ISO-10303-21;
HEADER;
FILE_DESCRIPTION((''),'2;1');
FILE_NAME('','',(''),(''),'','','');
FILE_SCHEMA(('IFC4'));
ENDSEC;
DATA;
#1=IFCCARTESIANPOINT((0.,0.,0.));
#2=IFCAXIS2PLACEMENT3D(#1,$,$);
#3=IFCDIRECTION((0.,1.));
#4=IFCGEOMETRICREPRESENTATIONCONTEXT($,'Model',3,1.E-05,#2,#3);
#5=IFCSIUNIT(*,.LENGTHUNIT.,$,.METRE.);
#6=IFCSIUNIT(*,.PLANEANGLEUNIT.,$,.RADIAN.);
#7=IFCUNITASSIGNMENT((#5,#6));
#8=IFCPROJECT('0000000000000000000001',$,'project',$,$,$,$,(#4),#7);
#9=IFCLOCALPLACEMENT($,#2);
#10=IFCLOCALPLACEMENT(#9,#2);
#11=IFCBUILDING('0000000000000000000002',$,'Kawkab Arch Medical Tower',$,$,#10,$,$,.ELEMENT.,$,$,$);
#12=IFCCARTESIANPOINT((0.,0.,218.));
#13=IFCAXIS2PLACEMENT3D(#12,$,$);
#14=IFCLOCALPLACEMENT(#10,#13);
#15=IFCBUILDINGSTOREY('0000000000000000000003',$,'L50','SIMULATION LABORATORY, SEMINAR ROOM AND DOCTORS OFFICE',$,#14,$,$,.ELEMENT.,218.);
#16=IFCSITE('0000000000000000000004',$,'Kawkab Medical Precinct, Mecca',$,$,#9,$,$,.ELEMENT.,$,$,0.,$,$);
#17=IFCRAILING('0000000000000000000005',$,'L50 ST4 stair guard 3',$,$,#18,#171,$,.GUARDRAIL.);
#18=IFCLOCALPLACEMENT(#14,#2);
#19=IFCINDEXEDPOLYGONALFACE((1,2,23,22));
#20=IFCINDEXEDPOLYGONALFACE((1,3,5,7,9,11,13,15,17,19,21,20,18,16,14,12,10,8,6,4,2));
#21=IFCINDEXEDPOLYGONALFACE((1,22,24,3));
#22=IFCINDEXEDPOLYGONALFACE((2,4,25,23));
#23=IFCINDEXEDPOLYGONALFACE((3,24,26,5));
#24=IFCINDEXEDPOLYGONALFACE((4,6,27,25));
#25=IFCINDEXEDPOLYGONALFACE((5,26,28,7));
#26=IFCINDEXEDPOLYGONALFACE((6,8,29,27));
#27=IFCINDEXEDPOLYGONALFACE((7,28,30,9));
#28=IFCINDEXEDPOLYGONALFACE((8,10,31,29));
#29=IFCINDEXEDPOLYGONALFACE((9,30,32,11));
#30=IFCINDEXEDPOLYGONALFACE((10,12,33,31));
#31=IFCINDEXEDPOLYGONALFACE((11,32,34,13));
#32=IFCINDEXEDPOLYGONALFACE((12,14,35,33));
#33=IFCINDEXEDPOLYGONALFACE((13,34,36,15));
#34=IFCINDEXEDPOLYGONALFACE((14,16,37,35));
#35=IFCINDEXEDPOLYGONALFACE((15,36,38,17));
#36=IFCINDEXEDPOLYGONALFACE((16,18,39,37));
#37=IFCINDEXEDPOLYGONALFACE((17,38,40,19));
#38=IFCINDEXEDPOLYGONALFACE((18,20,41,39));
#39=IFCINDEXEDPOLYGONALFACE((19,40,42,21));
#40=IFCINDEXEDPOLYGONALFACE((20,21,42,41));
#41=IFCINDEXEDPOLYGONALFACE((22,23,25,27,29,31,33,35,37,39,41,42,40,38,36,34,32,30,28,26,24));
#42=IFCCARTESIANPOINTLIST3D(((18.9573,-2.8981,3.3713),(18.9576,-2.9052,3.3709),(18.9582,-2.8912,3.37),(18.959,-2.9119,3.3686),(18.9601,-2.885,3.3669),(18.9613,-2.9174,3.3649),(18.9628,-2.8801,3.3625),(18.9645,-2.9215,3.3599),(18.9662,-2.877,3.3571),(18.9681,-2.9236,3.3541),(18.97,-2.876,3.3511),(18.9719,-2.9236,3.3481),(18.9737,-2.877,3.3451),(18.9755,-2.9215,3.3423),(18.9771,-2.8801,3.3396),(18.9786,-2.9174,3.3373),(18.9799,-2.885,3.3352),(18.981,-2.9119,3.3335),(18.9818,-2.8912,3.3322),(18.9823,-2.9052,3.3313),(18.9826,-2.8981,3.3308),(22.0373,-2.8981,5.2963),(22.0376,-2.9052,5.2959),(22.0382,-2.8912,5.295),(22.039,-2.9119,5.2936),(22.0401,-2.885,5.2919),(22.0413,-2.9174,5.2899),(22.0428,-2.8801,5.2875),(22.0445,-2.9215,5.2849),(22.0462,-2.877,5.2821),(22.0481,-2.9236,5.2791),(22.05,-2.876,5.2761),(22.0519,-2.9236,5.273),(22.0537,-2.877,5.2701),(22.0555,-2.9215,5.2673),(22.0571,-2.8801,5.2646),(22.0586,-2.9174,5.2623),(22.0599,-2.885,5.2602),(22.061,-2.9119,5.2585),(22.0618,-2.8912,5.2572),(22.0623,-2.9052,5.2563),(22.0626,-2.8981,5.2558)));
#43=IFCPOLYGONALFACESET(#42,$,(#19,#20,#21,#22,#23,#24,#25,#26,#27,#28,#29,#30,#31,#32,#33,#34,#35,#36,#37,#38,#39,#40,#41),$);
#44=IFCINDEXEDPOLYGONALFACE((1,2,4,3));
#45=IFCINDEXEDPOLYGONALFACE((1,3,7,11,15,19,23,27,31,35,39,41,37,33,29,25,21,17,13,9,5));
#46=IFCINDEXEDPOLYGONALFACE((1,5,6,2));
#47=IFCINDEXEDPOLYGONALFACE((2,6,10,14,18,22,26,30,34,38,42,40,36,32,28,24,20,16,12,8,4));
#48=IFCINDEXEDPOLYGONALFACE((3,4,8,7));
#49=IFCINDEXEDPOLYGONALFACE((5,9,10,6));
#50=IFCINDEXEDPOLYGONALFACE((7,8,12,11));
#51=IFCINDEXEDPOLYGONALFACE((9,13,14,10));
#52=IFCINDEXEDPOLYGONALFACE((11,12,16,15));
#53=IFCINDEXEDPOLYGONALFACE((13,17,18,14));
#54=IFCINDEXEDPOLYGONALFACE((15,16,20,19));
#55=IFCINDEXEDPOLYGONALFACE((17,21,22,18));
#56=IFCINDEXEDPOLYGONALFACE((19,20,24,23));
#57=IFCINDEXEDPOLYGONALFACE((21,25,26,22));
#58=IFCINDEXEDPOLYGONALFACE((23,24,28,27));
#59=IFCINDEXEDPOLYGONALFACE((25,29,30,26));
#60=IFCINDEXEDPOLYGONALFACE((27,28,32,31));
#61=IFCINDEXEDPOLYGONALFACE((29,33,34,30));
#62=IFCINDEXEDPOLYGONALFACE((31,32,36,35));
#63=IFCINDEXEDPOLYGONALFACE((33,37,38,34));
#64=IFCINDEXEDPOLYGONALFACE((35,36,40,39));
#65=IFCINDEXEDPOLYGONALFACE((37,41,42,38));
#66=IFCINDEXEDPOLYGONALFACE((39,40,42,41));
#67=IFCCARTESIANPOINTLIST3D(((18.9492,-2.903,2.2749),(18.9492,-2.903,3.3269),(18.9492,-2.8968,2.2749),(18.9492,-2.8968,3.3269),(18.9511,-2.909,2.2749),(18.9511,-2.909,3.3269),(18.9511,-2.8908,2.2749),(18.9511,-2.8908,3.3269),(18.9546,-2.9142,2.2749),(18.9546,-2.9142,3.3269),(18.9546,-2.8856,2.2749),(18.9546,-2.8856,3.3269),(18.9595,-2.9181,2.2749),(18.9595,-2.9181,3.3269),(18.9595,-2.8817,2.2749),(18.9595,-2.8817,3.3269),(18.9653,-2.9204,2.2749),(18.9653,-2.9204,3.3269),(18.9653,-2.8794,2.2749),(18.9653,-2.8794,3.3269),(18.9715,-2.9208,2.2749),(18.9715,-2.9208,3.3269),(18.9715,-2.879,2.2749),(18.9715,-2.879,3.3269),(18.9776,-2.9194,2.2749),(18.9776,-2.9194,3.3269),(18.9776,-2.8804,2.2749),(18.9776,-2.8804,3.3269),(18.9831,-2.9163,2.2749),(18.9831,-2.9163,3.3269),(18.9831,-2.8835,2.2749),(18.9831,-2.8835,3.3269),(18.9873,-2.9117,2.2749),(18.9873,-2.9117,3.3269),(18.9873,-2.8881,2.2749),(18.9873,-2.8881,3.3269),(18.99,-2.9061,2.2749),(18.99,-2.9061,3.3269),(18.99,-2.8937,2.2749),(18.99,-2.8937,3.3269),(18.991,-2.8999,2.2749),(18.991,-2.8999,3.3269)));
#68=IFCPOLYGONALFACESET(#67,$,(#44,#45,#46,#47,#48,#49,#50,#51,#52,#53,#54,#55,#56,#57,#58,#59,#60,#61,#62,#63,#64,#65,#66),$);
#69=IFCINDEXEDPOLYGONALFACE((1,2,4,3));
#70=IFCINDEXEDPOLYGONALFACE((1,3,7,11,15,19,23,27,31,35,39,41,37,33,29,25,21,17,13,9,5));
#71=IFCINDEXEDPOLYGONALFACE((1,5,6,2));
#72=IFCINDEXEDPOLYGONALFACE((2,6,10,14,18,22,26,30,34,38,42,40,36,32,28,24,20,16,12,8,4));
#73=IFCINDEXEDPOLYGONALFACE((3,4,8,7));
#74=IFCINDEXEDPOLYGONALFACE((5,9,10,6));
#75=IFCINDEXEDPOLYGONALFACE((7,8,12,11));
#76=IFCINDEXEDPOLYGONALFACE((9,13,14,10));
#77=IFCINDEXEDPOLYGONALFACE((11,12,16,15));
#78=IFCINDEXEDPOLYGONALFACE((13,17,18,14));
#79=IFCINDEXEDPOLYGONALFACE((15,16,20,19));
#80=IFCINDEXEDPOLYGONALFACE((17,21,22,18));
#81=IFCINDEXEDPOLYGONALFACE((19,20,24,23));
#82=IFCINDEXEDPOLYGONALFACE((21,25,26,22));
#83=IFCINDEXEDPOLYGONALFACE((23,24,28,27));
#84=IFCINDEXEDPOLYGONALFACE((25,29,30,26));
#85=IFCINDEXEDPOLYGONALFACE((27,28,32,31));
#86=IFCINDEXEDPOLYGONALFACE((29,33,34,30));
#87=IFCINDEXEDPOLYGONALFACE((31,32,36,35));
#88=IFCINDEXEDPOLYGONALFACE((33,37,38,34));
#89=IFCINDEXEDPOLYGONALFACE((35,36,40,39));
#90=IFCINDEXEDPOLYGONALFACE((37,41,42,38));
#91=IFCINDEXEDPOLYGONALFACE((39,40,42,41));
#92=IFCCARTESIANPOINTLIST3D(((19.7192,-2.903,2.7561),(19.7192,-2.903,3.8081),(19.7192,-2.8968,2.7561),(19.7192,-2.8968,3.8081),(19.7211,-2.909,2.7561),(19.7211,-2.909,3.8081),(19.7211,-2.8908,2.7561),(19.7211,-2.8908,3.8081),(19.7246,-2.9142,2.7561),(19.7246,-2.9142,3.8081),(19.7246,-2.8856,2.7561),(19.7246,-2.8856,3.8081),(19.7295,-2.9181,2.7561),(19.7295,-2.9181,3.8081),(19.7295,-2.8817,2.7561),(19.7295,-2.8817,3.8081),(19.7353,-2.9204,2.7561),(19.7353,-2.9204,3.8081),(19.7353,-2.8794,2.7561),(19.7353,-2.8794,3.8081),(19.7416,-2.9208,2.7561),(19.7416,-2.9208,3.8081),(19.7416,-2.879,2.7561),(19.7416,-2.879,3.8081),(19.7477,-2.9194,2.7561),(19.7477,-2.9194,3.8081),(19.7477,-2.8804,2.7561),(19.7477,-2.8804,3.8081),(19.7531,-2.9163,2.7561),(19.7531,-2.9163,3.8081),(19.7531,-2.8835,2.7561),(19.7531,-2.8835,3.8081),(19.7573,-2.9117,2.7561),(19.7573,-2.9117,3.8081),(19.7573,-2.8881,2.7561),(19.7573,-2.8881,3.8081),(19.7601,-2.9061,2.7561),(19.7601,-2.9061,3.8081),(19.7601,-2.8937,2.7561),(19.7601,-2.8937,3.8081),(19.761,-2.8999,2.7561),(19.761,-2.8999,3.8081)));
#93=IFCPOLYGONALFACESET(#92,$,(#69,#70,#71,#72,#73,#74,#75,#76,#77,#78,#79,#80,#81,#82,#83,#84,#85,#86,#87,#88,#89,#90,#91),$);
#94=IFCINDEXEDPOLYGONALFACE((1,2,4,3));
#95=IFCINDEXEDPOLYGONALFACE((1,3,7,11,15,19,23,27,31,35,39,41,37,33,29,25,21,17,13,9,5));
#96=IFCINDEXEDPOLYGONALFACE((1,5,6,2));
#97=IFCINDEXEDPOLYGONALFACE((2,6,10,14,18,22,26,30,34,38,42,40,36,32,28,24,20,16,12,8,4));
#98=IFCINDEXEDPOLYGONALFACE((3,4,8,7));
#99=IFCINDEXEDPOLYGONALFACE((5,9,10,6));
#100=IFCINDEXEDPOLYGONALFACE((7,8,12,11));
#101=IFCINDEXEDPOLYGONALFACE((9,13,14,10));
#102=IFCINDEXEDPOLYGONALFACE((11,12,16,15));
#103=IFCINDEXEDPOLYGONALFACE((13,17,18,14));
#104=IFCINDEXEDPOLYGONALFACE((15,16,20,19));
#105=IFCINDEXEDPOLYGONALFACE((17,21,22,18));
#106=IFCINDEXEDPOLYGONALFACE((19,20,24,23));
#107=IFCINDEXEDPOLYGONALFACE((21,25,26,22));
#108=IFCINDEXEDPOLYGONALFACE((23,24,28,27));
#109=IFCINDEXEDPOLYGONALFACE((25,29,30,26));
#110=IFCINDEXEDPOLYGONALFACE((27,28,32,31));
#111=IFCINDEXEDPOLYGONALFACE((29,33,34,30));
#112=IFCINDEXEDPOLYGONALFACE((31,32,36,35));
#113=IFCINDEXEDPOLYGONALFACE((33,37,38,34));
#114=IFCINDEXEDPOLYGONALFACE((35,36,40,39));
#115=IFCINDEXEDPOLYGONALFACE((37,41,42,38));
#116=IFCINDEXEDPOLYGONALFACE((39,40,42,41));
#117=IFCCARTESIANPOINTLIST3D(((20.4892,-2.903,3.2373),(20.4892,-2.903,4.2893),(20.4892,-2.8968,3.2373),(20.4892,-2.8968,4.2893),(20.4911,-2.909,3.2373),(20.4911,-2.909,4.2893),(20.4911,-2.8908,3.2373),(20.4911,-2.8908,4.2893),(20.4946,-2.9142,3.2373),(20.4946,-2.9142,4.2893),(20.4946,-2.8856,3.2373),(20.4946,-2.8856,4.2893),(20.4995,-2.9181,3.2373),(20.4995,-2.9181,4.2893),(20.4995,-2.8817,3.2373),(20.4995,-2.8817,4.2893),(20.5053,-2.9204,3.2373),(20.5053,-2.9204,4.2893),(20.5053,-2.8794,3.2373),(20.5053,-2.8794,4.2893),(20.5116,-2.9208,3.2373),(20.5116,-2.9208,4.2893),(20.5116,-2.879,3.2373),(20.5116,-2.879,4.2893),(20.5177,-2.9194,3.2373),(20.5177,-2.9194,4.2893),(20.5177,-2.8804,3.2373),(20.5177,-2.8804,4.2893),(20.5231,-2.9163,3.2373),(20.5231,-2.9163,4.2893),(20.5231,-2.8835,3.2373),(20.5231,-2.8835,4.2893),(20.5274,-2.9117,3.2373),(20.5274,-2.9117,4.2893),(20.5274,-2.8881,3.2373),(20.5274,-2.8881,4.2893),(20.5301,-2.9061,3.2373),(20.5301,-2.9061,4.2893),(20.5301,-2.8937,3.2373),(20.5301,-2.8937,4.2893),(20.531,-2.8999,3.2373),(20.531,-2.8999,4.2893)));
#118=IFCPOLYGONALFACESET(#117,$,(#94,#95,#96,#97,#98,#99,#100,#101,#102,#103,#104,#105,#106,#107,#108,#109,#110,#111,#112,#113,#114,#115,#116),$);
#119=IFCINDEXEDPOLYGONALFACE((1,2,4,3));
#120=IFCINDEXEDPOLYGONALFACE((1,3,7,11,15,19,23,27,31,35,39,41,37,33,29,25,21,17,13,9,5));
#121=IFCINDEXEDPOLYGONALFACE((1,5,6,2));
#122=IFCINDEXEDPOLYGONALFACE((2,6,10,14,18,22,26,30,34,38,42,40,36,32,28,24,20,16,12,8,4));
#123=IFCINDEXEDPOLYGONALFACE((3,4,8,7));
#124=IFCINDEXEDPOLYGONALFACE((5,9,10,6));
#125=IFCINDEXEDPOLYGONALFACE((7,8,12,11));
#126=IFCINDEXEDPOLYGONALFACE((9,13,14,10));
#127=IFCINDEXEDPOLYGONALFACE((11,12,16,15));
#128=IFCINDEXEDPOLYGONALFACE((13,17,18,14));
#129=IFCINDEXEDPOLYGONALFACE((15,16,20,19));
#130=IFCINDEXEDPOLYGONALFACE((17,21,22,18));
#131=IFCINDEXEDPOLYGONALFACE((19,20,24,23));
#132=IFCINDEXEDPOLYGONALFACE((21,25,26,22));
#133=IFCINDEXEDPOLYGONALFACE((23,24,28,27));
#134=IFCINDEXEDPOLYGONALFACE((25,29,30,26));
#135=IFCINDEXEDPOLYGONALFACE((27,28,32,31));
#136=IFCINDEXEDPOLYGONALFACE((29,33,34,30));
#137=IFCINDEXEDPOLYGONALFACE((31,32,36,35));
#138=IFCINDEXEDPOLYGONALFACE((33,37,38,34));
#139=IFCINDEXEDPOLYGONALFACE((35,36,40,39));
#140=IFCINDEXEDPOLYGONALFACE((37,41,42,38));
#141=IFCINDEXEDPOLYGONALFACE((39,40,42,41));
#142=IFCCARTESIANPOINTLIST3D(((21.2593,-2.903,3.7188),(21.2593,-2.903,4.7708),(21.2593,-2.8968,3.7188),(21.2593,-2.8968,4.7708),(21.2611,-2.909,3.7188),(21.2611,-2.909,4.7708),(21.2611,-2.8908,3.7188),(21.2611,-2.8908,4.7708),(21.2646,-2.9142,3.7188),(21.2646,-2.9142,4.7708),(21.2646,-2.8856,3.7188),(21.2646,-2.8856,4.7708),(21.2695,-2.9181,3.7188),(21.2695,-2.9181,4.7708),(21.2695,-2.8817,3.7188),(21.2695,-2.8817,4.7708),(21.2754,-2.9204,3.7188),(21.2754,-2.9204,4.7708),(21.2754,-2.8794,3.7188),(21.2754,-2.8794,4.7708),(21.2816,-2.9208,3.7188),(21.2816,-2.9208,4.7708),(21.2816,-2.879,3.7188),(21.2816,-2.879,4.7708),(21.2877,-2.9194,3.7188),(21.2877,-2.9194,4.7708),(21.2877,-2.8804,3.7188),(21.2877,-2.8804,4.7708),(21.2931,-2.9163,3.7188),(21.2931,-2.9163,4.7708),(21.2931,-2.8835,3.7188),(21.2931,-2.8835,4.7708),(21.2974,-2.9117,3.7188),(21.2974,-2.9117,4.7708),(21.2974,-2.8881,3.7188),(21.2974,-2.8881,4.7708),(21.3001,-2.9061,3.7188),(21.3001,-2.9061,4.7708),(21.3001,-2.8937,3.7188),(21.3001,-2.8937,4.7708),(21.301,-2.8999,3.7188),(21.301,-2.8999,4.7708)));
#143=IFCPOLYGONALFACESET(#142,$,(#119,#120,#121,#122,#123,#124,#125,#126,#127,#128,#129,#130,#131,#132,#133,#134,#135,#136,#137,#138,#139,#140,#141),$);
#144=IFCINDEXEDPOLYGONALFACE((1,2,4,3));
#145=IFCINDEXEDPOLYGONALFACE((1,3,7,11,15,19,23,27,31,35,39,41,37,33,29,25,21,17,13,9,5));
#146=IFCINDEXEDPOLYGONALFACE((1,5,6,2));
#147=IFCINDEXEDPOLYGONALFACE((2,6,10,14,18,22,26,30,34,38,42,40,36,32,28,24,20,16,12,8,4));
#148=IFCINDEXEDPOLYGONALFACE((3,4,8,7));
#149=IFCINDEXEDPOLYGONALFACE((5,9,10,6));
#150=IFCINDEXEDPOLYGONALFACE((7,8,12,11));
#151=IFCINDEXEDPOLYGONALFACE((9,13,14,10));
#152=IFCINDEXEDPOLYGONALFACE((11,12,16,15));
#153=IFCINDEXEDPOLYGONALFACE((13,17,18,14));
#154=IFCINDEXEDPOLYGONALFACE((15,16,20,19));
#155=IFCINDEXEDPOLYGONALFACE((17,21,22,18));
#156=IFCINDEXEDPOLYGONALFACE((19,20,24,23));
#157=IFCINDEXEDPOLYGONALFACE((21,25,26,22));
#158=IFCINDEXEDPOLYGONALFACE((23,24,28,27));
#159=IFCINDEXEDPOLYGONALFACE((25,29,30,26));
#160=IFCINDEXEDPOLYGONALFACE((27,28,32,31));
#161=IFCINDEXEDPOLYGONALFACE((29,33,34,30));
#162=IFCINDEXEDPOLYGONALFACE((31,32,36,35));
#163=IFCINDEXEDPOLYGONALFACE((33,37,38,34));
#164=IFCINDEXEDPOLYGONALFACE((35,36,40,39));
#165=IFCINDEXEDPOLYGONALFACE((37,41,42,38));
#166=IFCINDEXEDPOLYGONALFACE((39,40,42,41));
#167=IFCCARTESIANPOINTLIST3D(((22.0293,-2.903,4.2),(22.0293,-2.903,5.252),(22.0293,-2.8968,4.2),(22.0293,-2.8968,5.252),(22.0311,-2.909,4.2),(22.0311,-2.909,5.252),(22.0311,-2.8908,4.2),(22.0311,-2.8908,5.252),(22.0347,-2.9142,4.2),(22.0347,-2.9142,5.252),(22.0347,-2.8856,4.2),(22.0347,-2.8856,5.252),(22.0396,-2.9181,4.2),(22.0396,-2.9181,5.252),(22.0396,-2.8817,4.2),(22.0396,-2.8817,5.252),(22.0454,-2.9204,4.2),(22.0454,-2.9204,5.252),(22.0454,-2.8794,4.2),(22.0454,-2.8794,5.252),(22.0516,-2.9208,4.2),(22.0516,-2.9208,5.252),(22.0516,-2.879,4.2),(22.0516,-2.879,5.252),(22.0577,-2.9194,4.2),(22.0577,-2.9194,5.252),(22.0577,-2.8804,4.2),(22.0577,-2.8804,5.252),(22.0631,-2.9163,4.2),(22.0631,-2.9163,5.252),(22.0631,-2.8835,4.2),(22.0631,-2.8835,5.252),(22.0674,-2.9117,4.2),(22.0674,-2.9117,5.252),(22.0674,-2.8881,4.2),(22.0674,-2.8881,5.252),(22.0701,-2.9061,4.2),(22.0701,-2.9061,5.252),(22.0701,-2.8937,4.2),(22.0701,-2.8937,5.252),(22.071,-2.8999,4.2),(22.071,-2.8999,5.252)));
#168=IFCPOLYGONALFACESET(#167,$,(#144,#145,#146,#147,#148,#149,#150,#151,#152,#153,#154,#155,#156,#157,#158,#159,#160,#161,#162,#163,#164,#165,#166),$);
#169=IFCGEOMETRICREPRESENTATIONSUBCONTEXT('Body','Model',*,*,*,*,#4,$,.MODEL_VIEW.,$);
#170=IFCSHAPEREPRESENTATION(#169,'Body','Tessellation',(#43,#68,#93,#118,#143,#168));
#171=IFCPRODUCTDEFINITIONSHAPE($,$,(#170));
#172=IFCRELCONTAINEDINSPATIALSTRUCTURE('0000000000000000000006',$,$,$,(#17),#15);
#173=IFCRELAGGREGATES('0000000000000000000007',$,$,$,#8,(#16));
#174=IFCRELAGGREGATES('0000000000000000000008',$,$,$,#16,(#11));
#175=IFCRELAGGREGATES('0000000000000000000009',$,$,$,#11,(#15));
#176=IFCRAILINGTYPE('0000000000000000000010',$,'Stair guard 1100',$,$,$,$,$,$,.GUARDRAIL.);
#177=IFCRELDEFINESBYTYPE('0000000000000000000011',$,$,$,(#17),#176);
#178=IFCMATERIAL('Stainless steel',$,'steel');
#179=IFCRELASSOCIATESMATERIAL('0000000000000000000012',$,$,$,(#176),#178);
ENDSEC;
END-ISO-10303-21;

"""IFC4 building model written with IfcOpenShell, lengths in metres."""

from ifc_helpers import new_model, si_unit, direction, frame, origin, origin_2d, place, context, subcontext, project, spatial, circle, extrude, material, type_object, element, save


model = new_model("IFC4")

# Units and contexts
model_context = context("Model", 3, precision=1e-05, world=origin(), true_north=direction((0.0, 1.0)))
body_context = subcontext(model_context, "Body", "Model", "MODEL_VIEW")
ifc_project = project(units=[si_unit("LENGTHUNIT", "METRE"), si_unit("PLANEANGLEUNIT", "RADIAN")], contexts=[model_context])

# Site, building, storey
site_placement = place(None, origin())
site = spatial("IfcSite", under=ifc_project, at=site_placement, Name="Kawkab Medical Precinct, Mecca", CompositionType="ELEMENT", RefElevation=0.0)
building_placement = place(site_placement, origin())
building = spatial("IfcBuilding", under=site, at=building_placement, Name="Kawkab Arch Medical Tower", CompositionType="ELEMENT")
storey_placement = place(building_placement, frame((0.0, 0.0, 218.0)))
storey = spatial("IfcBuildingStorey", under=building, at=storey_placement, Name="L50", Description="SIMULATION LABORATORY, SEMINAR ROOM AND DOCTORS OFFICE", CompositionType="ELEMENT", Elevation=218.0)

# Railing
ifc_material_1 = material(Name="Stainless steel", Category="steel")
railing_type_1 = type_object("IfcRailingType", Name="Stair guard 1100", PredefinedType="GUARDRAIL", material=ifc_material_1)
railing_1_placement = place(storey_placement, frame((18.97, -2.8999, 2.2749)))
element("IfcRailing", 1, at=railing_1_placement, inside=storey, type_object=railing_type_1, Name="L50 ST4 stair guard 3", PredefinedType="GUARDRAIL", context=body_context, shape_type="SweptSolid", body=[
    extrude(circle(Radius=0.0239, at=origin_2d()), frame((0.0, 0.0, 1.0762), z_axis=(0.847998, 0.0, 0.529999), x_axis=(0.0, 1.0, 0.0)), (0.0, 0.0, 1.0), 3.6321),
    extrude(circle(Radius=0.021, at=origin_2d()), origin(), (0.0, 0.0, 1.0), 1.052),
    extrude(circle(Radius=0.021, at=origin_2d()), frame((0.77, 0.0, 0.4812)), (0.0, 0.0, 1.0), 1.052),
    extrude(circle(Radius=0.021, at=origin_2d()), frame((1.54, 0.0, 0.9624)), (0.0, 0.0, 1.0), 1.052),
    extrude(circle(Radius=0.021, at=origin_2d()), frame((2.3101, 0.0, 1.4438)), (0.0, 0.0, 1.0), 1.052),
    extrude(circle(Radius=0.021, at=origin_2d()), frame((3.0801, 0.0, 1.925)), (0.0, 0.0, 1.0), 1.052),
])

save(model, "model.ifc")
